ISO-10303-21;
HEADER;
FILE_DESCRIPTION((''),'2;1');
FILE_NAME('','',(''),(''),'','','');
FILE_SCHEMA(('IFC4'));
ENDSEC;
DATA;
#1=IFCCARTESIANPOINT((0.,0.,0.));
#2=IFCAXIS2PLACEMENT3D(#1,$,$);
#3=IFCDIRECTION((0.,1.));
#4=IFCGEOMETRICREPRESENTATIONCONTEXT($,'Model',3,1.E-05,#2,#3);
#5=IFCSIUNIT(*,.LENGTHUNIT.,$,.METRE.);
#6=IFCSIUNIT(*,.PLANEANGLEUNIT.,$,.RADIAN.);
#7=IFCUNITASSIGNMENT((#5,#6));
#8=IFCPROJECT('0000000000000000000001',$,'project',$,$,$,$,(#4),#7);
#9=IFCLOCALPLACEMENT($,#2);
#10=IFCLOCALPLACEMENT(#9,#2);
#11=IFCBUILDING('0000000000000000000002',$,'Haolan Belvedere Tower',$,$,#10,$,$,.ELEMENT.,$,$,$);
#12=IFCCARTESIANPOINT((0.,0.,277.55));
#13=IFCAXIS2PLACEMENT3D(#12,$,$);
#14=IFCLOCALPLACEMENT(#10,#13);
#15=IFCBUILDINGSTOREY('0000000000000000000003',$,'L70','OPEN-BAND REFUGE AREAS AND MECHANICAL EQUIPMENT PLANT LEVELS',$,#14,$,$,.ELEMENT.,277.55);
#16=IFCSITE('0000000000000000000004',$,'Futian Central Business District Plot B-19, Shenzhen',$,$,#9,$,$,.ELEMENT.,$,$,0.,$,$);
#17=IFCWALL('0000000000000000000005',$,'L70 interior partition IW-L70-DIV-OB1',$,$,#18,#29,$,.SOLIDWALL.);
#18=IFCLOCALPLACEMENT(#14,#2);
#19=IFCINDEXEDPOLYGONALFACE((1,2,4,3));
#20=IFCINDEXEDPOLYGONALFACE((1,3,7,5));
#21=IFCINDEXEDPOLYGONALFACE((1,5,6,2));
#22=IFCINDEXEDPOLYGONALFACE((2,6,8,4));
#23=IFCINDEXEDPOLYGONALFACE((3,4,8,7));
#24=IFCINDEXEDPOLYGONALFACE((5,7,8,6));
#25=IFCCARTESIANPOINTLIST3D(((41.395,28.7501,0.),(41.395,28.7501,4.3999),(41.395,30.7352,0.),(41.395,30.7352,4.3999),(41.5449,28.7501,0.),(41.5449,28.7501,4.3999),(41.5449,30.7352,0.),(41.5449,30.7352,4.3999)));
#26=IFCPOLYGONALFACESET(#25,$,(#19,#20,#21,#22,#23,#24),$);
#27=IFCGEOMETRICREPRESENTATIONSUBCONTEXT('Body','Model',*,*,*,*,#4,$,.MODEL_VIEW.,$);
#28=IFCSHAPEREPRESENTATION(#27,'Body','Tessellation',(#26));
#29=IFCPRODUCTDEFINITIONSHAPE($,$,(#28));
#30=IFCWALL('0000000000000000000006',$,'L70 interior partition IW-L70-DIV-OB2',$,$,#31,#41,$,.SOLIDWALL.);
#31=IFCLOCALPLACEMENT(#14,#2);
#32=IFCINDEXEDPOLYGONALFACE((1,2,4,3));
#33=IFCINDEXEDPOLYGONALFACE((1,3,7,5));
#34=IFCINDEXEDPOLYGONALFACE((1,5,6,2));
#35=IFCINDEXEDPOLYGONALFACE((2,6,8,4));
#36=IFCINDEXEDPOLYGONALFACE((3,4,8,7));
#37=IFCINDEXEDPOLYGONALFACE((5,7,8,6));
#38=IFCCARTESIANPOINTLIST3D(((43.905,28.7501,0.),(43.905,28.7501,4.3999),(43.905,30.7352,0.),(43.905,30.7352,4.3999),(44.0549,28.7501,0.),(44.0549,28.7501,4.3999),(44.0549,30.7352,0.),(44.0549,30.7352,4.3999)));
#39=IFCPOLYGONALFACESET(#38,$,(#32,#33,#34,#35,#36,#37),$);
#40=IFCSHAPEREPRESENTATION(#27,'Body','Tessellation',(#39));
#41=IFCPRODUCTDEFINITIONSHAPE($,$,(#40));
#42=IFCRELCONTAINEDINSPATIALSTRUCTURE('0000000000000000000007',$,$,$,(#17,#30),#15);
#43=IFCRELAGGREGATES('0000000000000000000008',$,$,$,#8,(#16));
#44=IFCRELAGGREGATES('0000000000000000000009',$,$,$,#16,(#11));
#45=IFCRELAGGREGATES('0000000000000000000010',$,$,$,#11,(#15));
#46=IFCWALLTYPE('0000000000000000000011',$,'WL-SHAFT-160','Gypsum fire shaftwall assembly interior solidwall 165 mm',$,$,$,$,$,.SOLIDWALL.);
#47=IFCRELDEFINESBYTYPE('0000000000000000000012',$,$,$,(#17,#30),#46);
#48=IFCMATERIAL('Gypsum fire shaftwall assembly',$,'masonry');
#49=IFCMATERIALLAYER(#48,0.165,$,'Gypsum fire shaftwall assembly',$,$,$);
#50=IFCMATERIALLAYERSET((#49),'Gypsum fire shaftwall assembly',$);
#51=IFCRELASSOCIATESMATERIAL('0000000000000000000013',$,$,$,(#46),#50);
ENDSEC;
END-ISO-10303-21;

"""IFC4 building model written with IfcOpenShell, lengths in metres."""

from ifc_helpers import new_model, si_unit, direction, frame, frame_2d, origin, place, context, subcontext, project, spatial, rectangle, extrude, material, layer, layer_set, type_object, element, save


model = new_model("IFC4")

# Units and contexts
model_context = context("Model", 3, precision=1e-05, world=origin(), true_north=direction((0.0, 1.0)))
body_context = subcontext(model_context, "Body", "Model", "MODEL_VIEW")
ifc_project = project(units=[si_unit("LENGTHUNIT", "METRE"), si_unit("PLANEANGLEUNIT", "RADIAN")], contexts=[model_context])

# Site, building, storey
site_placement = place(None, origin())
site = spatial("IfcSite", under=ifc_project, at=site_placement, Name="Futian Central Business District Plot B-19, Shenzhen", CompositionType="ELEMENT", RefElevation=0.0)
building_placement = place(site_placement, origin())
building = spatial("IfcBuilding", under=site, at=building_placement, Name="Haolan Belvedere Tower", CompositionType="ELEMENT")
storey_placement = place(building_placement, frame((0.0, 0.0, 277.55)))
storey = spatial("IfcBuildingStorey", under=building, at=storey_placement, Name="L70", Description="OPEN-BAND REFUGE AREAS AND MECHANICAL EQUIPMENT PLANT LEVELS", CompositionType="ELEMENT", Elevation=277.55)

# Shared definitions
ifc_material_1 = material(Name="Gypsum fire shaftwall assembly", Category="masonry")
ifc_layer_1 = layer(ifc_material_1, 0.165, Name="Gypsum fire shaftwall assembly")
ifc_layer_set_1 = layer_set([ifc_layer_1], Name="Gypsum fire shaftwall assembly")
wall_type_1 = type_object("IfcWallType", Name="WL-SHAFT-160", Description="Gypsum fire shaftwall assembly interior solidwall 165 mm", PredefinedType="SOLIDWALL", material=ifc_layer_set_1)

# Walls
for number, where, z_axis, x_axis, name in (
    (1, (41.47, 28.75, 0.0), (0.0, 0.0, 1.0), (0.0, 1.0, 0.0), "L70 interior partition IW-L70-DIV-OB1"),
    (2, (43.98, 28.75, 0.0), (0.0, 0.0, 1.0), (0.0, 1.0, 0.0), "L70 interior partition IW-L70-DIV-OB2"),
):
    element("IfcWall", number, at=place(storey_placement, frame(where, z_axis=z_axis, x_axis=x_axis)), inside=storey, type_object=wall_type_1, Name=name, PredefinedType="SOLIDWALL", context=body_context, shape_type="SweptSolid", body=[
        extrude(rectangle(XDim=1.9851, YDim=0.1499, at=frame_2d((0.9927, 0.0))), origin(), (0.0, 0.0, 1.0), 4.3999),
    ])

save(model, "model.ifc")
